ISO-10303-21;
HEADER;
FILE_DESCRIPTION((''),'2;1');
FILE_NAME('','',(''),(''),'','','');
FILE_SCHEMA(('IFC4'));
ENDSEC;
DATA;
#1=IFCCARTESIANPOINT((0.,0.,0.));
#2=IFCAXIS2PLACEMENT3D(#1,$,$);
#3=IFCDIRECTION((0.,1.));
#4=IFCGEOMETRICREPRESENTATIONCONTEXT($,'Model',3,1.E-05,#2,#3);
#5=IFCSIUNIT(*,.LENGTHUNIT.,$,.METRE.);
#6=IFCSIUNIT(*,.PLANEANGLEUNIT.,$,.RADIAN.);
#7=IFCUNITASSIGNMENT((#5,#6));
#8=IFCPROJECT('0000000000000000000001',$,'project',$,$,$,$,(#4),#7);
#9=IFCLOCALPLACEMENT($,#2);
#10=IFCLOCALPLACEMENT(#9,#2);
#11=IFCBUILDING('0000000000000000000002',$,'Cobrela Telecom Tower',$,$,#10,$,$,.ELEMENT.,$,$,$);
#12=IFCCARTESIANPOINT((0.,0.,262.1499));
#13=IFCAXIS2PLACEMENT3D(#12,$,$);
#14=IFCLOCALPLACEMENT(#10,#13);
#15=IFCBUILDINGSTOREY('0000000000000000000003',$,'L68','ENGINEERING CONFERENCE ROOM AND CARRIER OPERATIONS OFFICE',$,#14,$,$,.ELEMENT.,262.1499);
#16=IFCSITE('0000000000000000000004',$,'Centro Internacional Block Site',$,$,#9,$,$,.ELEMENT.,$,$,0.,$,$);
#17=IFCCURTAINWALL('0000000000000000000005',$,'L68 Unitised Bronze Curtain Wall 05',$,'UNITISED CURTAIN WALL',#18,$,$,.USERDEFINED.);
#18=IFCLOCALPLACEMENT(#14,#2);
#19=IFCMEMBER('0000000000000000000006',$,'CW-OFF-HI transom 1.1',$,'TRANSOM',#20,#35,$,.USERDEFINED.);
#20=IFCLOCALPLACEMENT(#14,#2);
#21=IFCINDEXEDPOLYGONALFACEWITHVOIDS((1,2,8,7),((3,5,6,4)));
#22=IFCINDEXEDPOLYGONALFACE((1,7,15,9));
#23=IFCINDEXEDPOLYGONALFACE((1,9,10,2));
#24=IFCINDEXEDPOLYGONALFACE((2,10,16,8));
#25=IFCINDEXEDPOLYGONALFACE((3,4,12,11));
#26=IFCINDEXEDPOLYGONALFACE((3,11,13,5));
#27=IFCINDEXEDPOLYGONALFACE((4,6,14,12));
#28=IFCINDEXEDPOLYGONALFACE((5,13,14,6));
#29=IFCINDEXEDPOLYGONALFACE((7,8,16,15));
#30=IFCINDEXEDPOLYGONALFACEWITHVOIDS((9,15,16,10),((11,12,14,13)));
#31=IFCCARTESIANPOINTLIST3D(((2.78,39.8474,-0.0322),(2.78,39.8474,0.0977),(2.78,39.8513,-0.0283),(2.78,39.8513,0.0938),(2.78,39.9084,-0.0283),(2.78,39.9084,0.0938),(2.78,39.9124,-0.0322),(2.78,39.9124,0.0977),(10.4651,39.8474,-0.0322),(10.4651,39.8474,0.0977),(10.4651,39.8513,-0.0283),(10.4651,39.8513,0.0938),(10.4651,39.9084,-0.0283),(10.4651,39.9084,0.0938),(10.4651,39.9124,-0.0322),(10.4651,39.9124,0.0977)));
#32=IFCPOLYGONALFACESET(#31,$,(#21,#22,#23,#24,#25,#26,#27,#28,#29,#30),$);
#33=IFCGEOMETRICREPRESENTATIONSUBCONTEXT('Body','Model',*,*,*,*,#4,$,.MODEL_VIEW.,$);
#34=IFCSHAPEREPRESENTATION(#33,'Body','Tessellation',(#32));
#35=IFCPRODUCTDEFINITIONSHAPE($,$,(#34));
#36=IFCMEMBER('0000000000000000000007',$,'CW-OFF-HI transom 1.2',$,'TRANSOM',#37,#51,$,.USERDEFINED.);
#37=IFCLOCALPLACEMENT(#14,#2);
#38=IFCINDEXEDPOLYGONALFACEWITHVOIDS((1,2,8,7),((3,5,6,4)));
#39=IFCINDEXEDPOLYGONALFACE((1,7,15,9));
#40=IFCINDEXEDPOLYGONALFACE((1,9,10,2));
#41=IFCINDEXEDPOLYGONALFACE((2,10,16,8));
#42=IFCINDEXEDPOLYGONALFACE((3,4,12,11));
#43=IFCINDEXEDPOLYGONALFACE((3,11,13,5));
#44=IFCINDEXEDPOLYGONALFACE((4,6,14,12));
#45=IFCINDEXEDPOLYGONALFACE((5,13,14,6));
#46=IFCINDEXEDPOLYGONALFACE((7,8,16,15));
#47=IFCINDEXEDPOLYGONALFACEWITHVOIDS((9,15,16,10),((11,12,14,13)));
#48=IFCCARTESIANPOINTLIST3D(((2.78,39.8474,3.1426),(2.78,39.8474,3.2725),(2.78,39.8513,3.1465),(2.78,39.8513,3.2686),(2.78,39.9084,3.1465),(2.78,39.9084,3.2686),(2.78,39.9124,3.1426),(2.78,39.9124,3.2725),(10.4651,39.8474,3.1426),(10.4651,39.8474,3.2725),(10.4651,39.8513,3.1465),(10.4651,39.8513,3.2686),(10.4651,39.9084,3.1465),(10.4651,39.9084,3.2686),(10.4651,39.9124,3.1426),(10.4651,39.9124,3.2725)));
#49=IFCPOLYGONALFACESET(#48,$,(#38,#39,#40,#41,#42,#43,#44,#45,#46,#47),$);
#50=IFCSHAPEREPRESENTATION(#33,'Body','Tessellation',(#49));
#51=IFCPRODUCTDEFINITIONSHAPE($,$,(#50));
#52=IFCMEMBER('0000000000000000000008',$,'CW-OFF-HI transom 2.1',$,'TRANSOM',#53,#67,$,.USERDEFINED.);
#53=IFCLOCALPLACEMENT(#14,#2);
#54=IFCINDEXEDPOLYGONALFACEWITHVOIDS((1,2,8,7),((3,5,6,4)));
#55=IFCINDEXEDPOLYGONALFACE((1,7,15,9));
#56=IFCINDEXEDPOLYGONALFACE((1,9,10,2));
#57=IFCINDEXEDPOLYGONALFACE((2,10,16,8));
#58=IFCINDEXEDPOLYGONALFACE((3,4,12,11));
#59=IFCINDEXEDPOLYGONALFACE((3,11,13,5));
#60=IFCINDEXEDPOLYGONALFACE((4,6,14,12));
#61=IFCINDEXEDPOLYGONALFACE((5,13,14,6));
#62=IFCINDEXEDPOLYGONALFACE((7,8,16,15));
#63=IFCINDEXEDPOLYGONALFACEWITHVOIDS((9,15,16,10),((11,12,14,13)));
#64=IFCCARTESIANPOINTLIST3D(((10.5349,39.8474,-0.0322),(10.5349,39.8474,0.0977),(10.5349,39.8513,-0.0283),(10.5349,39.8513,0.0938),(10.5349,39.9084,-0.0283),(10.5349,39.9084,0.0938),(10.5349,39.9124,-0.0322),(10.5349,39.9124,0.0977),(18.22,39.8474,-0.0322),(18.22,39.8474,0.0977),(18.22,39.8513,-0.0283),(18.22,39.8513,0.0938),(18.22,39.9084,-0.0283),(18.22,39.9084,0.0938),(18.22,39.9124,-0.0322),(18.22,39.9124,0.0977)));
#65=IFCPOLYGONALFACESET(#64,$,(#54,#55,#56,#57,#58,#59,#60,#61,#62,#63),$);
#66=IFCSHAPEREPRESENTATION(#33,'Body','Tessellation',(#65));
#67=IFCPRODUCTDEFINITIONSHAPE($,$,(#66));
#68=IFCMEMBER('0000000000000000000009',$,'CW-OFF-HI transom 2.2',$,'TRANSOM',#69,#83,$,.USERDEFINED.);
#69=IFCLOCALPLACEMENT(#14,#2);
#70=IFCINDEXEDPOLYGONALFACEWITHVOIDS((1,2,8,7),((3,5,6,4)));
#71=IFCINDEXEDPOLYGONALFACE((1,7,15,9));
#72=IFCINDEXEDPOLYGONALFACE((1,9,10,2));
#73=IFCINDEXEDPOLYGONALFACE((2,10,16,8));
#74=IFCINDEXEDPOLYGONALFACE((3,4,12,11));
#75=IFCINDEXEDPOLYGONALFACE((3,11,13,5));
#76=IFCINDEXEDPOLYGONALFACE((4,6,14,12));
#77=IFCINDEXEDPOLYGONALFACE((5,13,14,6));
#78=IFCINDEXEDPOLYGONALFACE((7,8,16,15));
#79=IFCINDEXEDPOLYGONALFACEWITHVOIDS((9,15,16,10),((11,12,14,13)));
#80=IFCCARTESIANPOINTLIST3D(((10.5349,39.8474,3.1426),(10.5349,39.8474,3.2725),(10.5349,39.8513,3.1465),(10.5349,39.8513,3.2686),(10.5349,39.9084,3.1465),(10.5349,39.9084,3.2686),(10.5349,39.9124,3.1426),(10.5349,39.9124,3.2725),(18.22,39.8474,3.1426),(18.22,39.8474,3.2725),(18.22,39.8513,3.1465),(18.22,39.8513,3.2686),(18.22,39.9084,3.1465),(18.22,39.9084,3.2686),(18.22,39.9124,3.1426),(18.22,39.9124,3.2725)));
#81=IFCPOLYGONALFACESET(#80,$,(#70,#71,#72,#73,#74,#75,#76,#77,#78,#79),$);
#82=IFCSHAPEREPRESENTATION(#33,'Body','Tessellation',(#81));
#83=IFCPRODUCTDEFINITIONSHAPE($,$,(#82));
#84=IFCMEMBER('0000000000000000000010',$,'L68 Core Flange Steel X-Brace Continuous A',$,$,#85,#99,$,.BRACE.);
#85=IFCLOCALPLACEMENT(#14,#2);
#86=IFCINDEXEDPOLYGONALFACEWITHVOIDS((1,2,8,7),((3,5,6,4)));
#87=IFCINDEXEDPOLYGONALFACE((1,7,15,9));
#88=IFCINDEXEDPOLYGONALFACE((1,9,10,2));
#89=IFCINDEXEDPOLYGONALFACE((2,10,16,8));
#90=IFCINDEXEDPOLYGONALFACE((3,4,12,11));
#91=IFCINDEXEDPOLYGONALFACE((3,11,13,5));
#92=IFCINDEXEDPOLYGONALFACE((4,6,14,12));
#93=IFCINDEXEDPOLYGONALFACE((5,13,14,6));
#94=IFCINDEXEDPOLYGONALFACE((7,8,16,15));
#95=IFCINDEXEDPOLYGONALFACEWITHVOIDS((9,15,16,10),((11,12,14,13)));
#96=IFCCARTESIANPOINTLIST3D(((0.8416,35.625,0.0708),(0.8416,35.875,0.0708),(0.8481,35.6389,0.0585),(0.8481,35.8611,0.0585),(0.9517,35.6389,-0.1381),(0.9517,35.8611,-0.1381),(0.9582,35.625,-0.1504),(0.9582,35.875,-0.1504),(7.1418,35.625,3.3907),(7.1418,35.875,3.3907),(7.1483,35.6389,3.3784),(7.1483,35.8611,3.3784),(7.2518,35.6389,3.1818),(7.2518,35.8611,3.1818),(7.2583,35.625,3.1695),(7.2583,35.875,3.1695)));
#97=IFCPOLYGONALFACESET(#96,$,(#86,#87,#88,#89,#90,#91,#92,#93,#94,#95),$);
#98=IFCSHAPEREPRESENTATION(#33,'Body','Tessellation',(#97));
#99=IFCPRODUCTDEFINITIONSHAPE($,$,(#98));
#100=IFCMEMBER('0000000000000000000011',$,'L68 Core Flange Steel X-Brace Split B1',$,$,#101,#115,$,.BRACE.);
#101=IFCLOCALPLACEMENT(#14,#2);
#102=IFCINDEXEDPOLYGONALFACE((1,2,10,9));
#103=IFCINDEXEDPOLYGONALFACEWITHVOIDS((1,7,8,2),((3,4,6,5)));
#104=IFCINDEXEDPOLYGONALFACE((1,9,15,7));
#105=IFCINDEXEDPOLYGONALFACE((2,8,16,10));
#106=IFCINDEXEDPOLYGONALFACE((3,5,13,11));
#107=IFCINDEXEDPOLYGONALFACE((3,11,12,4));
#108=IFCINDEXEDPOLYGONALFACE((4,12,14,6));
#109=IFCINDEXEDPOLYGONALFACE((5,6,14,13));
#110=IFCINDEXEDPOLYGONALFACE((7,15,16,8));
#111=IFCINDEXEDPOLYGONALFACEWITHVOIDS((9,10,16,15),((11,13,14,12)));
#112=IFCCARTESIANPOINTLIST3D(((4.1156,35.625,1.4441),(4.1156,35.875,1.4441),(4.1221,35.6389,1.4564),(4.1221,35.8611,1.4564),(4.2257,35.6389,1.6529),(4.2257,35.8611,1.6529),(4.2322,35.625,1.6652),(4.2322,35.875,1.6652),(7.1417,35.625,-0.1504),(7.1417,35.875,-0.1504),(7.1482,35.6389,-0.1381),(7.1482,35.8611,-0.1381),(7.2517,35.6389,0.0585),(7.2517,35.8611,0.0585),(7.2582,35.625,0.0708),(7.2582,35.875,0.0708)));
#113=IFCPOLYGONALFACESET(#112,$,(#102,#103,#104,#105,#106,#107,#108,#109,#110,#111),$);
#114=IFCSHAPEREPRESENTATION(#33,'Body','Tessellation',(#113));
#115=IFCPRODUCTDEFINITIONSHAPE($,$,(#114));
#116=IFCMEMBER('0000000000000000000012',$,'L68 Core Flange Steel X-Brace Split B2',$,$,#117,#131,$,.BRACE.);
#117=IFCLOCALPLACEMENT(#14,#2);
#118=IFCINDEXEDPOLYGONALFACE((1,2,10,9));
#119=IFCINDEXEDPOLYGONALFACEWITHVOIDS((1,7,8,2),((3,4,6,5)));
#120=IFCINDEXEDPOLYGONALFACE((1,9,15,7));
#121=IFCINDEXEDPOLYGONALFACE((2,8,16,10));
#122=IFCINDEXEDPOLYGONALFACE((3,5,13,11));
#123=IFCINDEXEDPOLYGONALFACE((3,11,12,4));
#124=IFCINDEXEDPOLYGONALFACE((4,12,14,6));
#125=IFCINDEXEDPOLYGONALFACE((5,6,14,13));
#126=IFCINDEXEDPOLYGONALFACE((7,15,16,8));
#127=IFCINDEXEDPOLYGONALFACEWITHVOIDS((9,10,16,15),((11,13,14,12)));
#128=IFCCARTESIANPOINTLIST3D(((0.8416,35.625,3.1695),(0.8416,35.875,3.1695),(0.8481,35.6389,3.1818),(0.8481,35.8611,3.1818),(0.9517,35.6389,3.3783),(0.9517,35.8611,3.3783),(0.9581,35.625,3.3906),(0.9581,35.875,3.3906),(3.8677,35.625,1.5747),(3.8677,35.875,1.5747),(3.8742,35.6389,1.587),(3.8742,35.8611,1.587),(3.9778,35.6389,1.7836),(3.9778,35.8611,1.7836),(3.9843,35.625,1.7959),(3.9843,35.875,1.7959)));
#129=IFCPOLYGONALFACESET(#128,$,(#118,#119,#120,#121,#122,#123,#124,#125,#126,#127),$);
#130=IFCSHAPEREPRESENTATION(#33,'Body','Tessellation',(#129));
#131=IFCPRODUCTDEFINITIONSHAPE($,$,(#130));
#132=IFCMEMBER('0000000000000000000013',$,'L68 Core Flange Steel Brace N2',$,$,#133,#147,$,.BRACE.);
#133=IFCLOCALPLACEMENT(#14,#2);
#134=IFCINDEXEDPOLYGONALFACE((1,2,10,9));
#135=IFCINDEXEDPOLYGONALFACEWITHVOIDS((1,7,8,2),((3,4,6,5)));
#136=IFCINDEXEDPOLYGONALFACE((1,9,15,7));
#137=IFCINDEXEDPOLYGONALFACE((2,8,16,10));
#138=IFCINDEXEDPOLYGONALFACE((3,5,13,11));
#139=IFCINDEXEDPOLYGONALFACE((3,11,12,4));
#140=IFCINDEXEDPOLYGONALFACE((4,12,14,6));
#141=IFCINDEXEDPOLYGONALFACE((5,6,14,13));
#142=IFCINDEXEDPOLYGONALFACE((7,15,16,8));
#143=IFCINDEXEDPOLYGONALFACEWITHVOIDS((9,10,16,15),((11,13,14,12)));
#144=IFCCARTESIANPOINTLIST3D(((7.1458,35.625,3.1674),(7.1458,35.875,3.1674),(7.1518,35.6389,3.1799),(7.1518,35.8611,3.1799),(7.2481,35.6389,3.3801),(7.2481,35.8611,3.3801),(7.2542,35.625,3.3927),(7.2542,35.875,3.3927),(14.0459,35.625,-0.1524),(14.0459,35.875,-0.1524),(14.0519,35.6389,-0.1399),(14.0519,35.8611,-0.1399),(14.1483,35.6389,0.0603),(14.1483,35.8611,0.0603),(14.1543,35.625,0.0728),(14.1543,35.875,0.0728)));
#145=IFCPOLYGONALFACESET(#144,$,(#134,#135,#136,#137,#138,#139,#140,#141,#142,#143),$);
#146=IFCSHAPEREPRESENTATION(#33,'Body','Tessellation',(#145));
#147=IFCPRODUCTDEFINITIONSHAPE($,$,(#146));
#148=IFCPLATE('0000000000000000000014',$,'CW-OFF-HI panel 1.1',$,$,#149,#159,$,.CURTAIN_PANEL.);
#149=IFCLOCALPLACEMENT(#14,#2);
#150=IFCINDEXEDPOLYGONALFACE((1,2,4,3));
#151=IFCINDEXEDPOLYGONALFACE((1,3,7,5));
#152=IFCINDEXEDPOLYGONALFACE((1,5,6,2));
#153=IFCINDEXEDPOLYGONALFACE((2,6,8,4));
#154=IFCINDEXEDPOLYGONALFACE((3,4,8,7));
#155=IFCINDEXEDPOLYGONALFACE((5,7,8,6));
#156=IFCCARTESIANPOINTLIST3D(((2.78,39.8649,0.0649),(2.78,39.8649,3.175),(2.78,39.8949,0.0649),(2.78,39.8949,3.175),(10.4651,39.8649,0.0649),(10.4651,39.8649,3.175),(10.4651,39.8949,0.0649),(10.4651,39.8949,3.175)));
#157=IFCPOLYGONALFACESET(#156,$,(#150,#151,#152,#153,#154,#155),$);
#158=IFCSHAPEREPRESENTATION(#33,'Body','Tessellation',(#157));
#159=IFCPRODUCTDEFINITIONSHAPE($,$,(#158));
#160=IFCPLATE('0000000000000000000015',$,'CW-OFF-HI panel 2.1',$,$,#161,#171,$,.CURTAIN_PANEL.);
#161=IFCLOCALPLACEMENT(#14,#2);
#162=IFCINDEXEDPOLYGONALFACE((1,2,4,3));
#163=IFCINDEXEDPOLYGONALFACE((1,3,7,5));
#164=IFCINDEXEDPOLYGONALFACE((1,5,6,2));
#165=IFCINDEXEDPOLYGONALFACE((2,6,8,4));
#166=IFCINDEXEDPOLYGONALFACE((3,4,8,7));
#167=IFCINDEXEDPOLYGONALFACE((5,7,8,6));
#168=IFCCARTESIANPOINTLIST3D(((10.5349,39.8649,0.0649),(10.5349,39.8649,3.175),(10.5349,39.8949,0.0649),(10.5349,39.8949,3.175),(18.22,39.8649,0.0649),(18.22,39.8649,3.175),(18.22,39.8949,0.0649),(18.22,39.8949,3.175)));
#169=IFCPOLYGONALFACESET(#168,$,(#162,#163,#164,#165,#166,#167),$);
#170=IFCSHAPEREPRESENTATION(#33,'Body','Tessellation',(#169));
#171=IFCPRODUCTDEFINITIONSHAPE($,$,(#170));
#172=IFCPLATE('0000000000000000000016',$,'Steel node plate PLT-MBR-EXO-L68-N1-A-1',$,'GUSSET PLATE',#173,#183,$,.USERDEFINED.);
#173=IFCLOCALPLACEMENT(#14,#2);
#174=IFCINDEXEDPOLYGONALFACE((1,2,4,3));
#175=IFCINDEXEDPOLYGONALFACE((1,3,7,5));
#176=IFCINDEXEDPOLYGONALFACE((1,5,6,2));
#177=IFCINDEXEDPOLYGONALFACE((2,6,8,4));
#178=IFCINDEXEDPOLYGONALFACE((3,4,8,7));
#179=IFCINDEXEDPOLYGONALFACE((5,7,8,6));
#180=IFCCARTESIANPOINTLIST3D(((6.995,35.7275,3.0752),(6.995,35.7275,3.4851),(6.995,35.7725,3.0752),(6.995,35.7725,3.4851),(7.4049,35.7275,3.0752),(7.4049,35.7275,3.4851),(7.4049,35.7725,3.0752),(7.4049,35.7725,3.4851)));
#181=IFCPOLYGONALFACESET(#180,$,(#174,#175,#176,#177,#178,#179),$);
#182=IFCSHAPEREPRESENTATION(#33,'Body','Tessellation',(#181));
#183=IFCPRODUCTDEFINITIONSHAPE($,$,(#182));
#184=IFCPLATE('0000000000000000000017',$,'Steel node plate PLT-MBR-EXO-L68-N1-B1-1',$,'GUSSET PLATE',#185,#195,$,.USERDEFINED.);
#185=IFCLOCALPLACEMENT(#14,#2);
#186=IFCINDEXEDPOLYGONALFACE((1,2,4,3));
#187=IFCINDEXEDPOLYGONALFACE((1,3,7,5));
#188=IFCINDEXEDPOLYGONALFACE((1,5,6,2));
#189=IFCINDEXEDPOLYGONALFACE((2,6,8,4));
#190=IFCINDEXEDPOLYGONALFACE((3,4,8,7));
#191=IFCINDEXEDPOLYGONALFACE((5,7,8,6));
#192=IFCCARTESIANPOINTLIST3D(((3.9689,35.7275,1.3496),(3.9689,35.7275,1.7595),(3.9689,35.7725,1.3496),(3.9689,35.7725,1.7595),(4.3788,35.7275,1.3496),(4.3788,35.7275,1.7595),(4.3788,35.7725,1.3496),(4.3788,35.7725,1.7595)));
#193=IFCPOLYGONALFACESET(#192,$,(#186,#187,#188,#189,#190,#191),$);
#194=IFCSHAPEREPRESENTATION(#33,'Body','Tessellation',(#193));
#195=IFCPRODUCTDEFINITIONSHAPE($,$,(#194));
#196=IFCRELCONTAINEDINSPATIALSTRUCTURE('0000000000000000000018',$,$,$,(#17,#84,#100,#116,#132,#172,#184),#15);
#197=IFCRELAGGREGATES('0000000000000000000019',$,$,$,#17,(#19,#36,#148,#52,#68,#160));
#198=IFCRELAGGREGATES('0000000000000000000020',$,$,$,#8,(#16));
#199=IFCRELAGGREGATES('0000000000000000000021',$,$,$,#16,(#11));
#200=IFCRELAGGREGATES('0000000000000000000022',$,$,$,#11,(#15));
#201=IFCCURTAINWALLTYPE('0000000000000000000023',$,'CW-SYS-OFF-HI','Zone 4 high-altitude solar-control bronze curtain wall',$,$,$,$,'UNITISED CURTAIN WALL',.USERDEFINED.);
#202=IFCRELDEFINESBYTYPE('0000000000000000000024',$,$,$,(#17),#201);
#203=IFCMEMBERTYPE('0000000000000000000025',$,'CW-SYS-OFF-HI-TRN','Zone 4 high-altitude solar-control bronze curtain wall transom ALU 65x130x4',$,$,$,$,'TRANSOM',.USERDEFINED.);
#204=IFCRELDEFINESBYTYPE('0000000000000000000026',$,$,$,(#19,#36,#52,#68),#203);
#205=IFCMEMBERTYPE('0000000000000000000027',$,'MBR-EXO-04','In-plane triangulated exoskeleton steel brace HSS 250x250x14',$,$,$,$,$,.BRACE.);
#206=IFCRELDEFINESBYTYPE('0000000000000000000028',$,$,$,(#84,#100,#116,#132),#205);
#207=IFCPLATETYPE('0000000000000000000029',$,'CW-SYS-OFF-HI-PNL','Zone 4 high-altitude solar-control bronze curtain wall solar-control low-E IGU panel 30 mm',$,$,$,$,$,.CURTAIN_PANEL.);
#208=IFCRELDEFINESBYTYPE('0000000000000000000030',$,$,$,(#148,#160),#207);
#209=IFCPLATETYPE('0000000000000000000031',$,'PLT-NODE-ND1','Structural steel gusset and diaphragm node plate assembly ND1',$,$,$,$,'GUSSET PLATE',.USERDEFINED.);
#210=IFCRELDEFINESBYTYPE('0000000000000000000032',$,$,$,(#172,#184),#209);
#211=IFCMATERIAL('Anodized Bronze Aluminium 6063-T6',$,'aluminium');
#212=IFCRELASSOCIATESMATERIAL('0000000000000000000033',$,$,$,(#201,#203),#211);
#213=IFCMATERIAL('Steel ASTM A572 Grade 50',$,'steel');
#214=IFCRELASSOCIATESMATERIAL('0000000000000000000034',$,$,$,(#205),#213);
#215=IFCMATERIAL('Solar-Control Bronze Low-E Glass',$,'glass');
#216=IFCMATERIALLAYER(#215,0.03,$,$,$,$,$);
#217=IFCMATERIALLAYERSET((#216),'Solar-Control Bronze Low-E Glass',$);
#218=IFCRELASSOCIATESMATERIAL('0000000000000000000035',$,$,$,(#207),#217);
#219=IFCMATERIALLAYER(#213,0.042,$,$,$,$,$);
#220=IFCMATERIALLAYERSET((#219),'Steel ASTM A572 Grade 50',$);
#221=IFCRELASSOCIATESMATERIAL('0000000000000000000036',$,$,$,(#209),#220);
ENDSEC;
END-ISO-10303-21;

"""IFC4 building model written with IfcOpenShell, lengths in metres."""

from ifc_helpers import new_model, si_unit, direction, frame, origin, origin_2d, place, context, subcontext, project, spatial, rectangle, hollow_rectangle, extrude, material, layer, layer_set, material_profile, profile_set, type_object, element, aggregate, save


model = new_model("IFC4")

# Units and contexts
model_context = context("Model", 3, precision=1e-05, world=origin(), true_north=direction((0.0, 1.0)))
body_context = subcontext(model_context, "Body", "Model", "MODEL_VIEW")
ifc_project = project(units=[si_unit("LENGTHUNIT", "METRE"), si_unit("PLANEANGLEUNIT", "RADIAN")], contexts=[model_context])

# Site, building, storey
site_placement = place(None, origin())
site = spatial("IfcSite", under=ifc_project, at=site_placement, Name="Centro Internacional Block Site", CompositionType="ELEMENT", RefElevation=0.0)
building_placement = place(site_placement, origin())
building = spatial("IfcBuilding", under=site, at=building_placement, Name="Cobrela Telecom Tower", CompositionType="ELEMENT")
storey_placement = place(building_placement, frame((0.0, 0.0, 262.1499)))
storey = spatial("IfcBuildingStorey", under=building, at=storey_placement, Name="L68", Description="ENGINEERING CONFERENCE ROOM AND CARRIER OPERATIONS OFFICE", CompositionType="ELEMENT", Elevation=262.1499)

# Shared definitions
ifc_material_1 = material(Name="Steel ASTM A572 Grade 50", Category="steel")

# Curtain wall, members
ifc_material_2 = material(Name="Anodized Bronze Aluminium 6063-T6", Category="aluminium")
curtain_wall_type = type_object("IfcCurtainWallType", Name="CW-SYS-OFF-HI", Description="Zone 4 high-altitude solar-control bronze curtain wall", ElementType="UNITISED CURTAIN WALL", PredefinedType="USERDEFINED", material=ifc_material_2)
curtain_wall_placement = place(storey_placement, origin())
curtain_wall = element("IfcCurtainWall", 1, at=curtain_wall_placement, inside=storey, type_object=curtain_wall_type, Name="L68 Unitised Bronze Curtain Wall 05", ObjectType="UNITISED CURTAIN WALL", PredefinedType="USERDEFINED")
ifc_material_profile_1 = material_profile(ifc_material_2, hollow_rectangle(XDim=0.0649, YDim=0.1299, WallThickness=0.0039, at=origin_2d()), Name="ALU 65x130x4")
ifc_profile_set_1 = profile_set([ifc_material_profile_1], Name="Anodized Bronze Aluminium 6063-T6")
member_type_1 = type_object("IfcMemberType", Name="CW-SYS-OFF-HI-TRN", Description="Zone 4 high-altitude solar-control bronze curtain wall transom ALU 65x130x4", ElementType="TRANSOM", PredefinedType="USERDEFINED", material=ifc_profile_set_1)
member_1_placement = place(storey_placement, frame((2.78, 39.8799, 0.0327), z_axis=(1.0, 0.0, 0.0), x_axis=(0.0, 1.0, 0.0)))
member_1 = element("IfcMember", 2, at=member_1_placement, type_object=member_type_1, Name="CW-OFF-HI transom 1.1", ObjectType="TRANSOM", PredefinedType="USERDEFINED", context=body_context, shape_type="SweptSolid", body=[
    extrude(hollow_rectangle(XDim=0.0649, YDim=0.1299, WallThickness=0.0039, at=origin_2d()), origin(), (0.0, 0.0, 1.0), 7.6851),
])
member_2_placement = place(storey_placement, frame((2.78, 39.8799, 3.2075), z_axis=(1.0, 0.0, 0.0), x_axis=(0.0, 1.0, 0.0)))
member_2 = element("IfcMember", 3, at=member_2_placement, type_object=member_type_1, Name="CW-OFF-HI transom 1.2", ObjectType="TRANSOM", PredefinedType="USERDEFINED", context=body_context, shape_type="SweptSolid", body=[
    extrude(hollow_rectangle(XDim=0.0649, YDim=0.1299, WallThickness=0.0039, at=origin_2d()), origin(), (0.0, 0.0, 1.0), 7.6851),
])
member_3_placement = place(storey_placement, frame((10.5349, 39.8799, 0.0327), z_axis=(1.0, 0.0, 0.0), x_axis=(0.0, 1.0, 0.0)))
member_3 = element("IfcMember", 4, at=member_3_placement, type_object=member_type_1, Name="CW-OFF-HI transom 2.1", ObjectType="TRANSOM", PredefinedType="USERDEFINED", context=body_context, shape_type="SweptSolid", body=[
    extrude(hollow_rectangle(XDim=0.0649, YDim=0.1299, WallThickness=0.0039, at=origin_2d()), origin(), (0.0, 0.0, 1.0), 7.6851),
])
member_4_placement = place(storey_placement, frame((10.5349, 39.8799, 3.2075), z_axis=(1.0, 0.0, 0.0), x_axis=(0.0, 1.0, 0.0)))
member_4 = element("IfcMember", 5, at=member_4_placement, type_object=member_type_1, Name="CW-OFF-HI transom 2.2", ObjectType="TRANSOM", PredefinedType="USERDEFINED", context=body_context, shape_type="SweptSolid", body=[
    extrude(hollow_rectangle(XDim=0.0649, YDim=0.1299, WallThickness=0.0039, at=origin_2d()), origin(), (0.0, 0.0, 1.0), 7.6851),
])

# Members
ifc_material_profile_2 = material_profile(ifc_material_1, hollow_rectangle(XDim=0.25, YDim=0.25, WallThickness=0.0139, at=origin_2d()), Name="HSS 250x250x14")
ifc_profile_set_2 = profile_set([ifc_material_profile_2], Name="Steel ASTM A572 Grade 50")
member_type_2 = type_object("IfcMemberType", Name="MBR-EXO-04", Description="In-plane triangulated exoskeleton steel brace HSS 250x250x14", PredefinedType="BRACE", material=ifc_profile_set_2)
member_5_placement = place(storey_placement, frame((0.8999, 35.75, -0.0398), z_axis=(0.884686, 0.0, 0.466187), x_axis=(0.0, 1.0, 0.0)))
element("IfcMember", 6, at=member_5_placement, inside=storey, type_object=member_type_2, Name="L68 Core Flange Steel X-Brace Continuous A", PredefinedType="BRACE", context=body_context, shape_type="SweptSolid", body=[
    extrude(hollow_rectangle(XDim=0.25, YDim=0.25, WallThickness=0.0139, at=origin_2d()), origin(), (0.0, 0.0, 1.0), 7.1213),
])
member_6_placement = place(storey_placement, frame((7.2, 35.75, -0.0398), z_axis=(-0.884703, 0.0, 0.466155), x_axis=(0.0, -1.0, 0.0)))
element("IfcMember", 7, at=member_6_placement, inside=storey, type_object=member_type_2, Name="L68 Core Flange Steel X-Brace Split B1", PredefinedType="BRACE", context=body_context, shape_type="SweptSolid", body=[
    extrude(hollow_rectangle(XDim=0.25, YDim=0.25, WallThickness=0.0139, at=origin_2d()), origin(), (0.0, 0.0, 1.0), 3.4204),
])
member_7_placement = place(storey_placement, frame((3.926, 35.75, 1.6853), z_axis=(-0.884673, 0.0, 0.466211), x_axis=(0.0, -1.0, 0.0)))
element("IfcMember", 8, at=member_7_placement, inside=storey, type_object=member_type_2, Name="L68 Core Flange Steel X-Brace Split B2", PredefinedType="BRACE", context=body_context, shape_type="SweptSolid", body=[
    extrude(hollow_rectangle(XDim=0.25, YDim=0.25, WallThickness=0.0139, at=origin_2d()), origin(), (0.0, 0.0, 1.0), 3.4207),
])
member_8_placement = place(storey_placement, frame((14.1001, 35.75, -0.0398), z_axis=(-0.901128, 0.0, 0.433554), x_axis=(0.0, -1.0, 0.0)))
element("IfcMember", 9, at=member_8_placement, inside=storey, type_object=member_type_2, Name="L68 Core Flange Steel Brace N2", PredefinedType="BRACE", context=body_context, shape_type="SweptSolid", body=[
    extrude(hollow_rectangle(XDim=0.25, YDim=0.25, WallThickness=0.0139, at=origin_2d()), origin(), (0.0, 0.0, 1.0), 7.6572),
])

# Plates
ifc_material_3 = material(Name="Solar-Control Bronze Low-E Glass", Category="glass")
ifc_layer_1 = layer(ifc_material_3, 0.03)
ifc_layer_set_1 = layer_set([ifc_layer_1], Name="Solar-Control Bronze Low-E Glass")
plate_type_1 = type_object("IfcPlateType", Name="CW-SYS-OFF-HI-PNL", Description="Zone 4 high-altitude solar-control bronze curtain wall solar-control low-E IGU panel 30 mm", PredefinedType="CURTAIN_PANEL", material=ifc_layer_set_1)
plate_1_placement = place(storey_placement, frame((6.6226, 39.8799, 0.0649), z_axis=(0.0, 0.0, 1.0), x_axis=(1.0, 0.0, 0.0)))
plate_1 = element("IfcPlate", 10, at=plate_1_placement, type_object=plate_type_1, Name="CW-OFF-HI panel 1.1", PredefinedType="CURTAIN_PANEL", context=body_context, shape_type="SweptSolid", body=[
    extrude(rectangle(XDim=7.6851, YDim=0.03, at=origin_2d()), origin(), (0.0, 0.0, 1.0), 3.1101),
])
plate_2_placement = place(storey_placement, frame((14.3774, 39.8799, 0.0649), z_axis=(0.0, 0.0, 1.0), x_axis=(1.0, 0.0, 0.0)))
plate_2 = element("IfcPlate", 11, at=plate_2_placement, type_object=plate_type_1, Name="CW-OFF-HI panel 2.1", PredefinedType="CURTAIN_PANEL", context=body_context, shape_type="SweptSolid", body=[
    extrude(rectangle(XDim=7.6851, YDim=0.03, at=origin_2d()), origin(), (0.0, 0.0, 1.0), 3.1101),
])
aggregate(curtain_wall, [member_1, member_2, plate_1, member_3, member_4, plate_2])

# Plates
ifc_layer_2 = layer(ifc_material_1, 0.042)
ifc_layer_set_2 = layer_set([ifc_layer_2], Name="Steel ASTM A572 Grade 50")
plate_type_2 = type_object("IfcPlateType", Name="PLT-NODE-ND1", Description="Structural steel gusset and diaphragm node plate assembly ND1", ElementType="GUSSET PLATE", PredefinedType="USERDEFINED", material=ifc_layer_set_2)
for number, where, z_axis, x_axis, name in (
    (12, (7.2, 35.75, 3.0752), (0.0, 0.0, 1.0), (1.0, 0.0, 0.0), "Steel node plate PLT-MBR-EXO-L68-N1-A-1"),
    (13, (4.1738, 35.75, 1.3496), (0.0, 0.0, 1.0), (-1.0, 0.0, 0.0), "Steel node plate PLT-MBR-EXO-L68-N1-B1-1"),
):
    element("IfcPlate", number, at=place(storey_placement, frame(where, z_axis=z_axis, x_axis=x_axis)), inside=storey, type_object=plate_type_2, Name=name, ObjectType="GUSSET PLATE", PredefinedType="USERDEFINED", context=body_context, shape_type="SweptSolid", body=[
        extrude(rectangle(XDim=0.4099, YDim=0.0449, at=origin_2d()), origin(), (0.0, 0.0, 1.0), 0.4099),
    ])

save(model, "model.ifc")
